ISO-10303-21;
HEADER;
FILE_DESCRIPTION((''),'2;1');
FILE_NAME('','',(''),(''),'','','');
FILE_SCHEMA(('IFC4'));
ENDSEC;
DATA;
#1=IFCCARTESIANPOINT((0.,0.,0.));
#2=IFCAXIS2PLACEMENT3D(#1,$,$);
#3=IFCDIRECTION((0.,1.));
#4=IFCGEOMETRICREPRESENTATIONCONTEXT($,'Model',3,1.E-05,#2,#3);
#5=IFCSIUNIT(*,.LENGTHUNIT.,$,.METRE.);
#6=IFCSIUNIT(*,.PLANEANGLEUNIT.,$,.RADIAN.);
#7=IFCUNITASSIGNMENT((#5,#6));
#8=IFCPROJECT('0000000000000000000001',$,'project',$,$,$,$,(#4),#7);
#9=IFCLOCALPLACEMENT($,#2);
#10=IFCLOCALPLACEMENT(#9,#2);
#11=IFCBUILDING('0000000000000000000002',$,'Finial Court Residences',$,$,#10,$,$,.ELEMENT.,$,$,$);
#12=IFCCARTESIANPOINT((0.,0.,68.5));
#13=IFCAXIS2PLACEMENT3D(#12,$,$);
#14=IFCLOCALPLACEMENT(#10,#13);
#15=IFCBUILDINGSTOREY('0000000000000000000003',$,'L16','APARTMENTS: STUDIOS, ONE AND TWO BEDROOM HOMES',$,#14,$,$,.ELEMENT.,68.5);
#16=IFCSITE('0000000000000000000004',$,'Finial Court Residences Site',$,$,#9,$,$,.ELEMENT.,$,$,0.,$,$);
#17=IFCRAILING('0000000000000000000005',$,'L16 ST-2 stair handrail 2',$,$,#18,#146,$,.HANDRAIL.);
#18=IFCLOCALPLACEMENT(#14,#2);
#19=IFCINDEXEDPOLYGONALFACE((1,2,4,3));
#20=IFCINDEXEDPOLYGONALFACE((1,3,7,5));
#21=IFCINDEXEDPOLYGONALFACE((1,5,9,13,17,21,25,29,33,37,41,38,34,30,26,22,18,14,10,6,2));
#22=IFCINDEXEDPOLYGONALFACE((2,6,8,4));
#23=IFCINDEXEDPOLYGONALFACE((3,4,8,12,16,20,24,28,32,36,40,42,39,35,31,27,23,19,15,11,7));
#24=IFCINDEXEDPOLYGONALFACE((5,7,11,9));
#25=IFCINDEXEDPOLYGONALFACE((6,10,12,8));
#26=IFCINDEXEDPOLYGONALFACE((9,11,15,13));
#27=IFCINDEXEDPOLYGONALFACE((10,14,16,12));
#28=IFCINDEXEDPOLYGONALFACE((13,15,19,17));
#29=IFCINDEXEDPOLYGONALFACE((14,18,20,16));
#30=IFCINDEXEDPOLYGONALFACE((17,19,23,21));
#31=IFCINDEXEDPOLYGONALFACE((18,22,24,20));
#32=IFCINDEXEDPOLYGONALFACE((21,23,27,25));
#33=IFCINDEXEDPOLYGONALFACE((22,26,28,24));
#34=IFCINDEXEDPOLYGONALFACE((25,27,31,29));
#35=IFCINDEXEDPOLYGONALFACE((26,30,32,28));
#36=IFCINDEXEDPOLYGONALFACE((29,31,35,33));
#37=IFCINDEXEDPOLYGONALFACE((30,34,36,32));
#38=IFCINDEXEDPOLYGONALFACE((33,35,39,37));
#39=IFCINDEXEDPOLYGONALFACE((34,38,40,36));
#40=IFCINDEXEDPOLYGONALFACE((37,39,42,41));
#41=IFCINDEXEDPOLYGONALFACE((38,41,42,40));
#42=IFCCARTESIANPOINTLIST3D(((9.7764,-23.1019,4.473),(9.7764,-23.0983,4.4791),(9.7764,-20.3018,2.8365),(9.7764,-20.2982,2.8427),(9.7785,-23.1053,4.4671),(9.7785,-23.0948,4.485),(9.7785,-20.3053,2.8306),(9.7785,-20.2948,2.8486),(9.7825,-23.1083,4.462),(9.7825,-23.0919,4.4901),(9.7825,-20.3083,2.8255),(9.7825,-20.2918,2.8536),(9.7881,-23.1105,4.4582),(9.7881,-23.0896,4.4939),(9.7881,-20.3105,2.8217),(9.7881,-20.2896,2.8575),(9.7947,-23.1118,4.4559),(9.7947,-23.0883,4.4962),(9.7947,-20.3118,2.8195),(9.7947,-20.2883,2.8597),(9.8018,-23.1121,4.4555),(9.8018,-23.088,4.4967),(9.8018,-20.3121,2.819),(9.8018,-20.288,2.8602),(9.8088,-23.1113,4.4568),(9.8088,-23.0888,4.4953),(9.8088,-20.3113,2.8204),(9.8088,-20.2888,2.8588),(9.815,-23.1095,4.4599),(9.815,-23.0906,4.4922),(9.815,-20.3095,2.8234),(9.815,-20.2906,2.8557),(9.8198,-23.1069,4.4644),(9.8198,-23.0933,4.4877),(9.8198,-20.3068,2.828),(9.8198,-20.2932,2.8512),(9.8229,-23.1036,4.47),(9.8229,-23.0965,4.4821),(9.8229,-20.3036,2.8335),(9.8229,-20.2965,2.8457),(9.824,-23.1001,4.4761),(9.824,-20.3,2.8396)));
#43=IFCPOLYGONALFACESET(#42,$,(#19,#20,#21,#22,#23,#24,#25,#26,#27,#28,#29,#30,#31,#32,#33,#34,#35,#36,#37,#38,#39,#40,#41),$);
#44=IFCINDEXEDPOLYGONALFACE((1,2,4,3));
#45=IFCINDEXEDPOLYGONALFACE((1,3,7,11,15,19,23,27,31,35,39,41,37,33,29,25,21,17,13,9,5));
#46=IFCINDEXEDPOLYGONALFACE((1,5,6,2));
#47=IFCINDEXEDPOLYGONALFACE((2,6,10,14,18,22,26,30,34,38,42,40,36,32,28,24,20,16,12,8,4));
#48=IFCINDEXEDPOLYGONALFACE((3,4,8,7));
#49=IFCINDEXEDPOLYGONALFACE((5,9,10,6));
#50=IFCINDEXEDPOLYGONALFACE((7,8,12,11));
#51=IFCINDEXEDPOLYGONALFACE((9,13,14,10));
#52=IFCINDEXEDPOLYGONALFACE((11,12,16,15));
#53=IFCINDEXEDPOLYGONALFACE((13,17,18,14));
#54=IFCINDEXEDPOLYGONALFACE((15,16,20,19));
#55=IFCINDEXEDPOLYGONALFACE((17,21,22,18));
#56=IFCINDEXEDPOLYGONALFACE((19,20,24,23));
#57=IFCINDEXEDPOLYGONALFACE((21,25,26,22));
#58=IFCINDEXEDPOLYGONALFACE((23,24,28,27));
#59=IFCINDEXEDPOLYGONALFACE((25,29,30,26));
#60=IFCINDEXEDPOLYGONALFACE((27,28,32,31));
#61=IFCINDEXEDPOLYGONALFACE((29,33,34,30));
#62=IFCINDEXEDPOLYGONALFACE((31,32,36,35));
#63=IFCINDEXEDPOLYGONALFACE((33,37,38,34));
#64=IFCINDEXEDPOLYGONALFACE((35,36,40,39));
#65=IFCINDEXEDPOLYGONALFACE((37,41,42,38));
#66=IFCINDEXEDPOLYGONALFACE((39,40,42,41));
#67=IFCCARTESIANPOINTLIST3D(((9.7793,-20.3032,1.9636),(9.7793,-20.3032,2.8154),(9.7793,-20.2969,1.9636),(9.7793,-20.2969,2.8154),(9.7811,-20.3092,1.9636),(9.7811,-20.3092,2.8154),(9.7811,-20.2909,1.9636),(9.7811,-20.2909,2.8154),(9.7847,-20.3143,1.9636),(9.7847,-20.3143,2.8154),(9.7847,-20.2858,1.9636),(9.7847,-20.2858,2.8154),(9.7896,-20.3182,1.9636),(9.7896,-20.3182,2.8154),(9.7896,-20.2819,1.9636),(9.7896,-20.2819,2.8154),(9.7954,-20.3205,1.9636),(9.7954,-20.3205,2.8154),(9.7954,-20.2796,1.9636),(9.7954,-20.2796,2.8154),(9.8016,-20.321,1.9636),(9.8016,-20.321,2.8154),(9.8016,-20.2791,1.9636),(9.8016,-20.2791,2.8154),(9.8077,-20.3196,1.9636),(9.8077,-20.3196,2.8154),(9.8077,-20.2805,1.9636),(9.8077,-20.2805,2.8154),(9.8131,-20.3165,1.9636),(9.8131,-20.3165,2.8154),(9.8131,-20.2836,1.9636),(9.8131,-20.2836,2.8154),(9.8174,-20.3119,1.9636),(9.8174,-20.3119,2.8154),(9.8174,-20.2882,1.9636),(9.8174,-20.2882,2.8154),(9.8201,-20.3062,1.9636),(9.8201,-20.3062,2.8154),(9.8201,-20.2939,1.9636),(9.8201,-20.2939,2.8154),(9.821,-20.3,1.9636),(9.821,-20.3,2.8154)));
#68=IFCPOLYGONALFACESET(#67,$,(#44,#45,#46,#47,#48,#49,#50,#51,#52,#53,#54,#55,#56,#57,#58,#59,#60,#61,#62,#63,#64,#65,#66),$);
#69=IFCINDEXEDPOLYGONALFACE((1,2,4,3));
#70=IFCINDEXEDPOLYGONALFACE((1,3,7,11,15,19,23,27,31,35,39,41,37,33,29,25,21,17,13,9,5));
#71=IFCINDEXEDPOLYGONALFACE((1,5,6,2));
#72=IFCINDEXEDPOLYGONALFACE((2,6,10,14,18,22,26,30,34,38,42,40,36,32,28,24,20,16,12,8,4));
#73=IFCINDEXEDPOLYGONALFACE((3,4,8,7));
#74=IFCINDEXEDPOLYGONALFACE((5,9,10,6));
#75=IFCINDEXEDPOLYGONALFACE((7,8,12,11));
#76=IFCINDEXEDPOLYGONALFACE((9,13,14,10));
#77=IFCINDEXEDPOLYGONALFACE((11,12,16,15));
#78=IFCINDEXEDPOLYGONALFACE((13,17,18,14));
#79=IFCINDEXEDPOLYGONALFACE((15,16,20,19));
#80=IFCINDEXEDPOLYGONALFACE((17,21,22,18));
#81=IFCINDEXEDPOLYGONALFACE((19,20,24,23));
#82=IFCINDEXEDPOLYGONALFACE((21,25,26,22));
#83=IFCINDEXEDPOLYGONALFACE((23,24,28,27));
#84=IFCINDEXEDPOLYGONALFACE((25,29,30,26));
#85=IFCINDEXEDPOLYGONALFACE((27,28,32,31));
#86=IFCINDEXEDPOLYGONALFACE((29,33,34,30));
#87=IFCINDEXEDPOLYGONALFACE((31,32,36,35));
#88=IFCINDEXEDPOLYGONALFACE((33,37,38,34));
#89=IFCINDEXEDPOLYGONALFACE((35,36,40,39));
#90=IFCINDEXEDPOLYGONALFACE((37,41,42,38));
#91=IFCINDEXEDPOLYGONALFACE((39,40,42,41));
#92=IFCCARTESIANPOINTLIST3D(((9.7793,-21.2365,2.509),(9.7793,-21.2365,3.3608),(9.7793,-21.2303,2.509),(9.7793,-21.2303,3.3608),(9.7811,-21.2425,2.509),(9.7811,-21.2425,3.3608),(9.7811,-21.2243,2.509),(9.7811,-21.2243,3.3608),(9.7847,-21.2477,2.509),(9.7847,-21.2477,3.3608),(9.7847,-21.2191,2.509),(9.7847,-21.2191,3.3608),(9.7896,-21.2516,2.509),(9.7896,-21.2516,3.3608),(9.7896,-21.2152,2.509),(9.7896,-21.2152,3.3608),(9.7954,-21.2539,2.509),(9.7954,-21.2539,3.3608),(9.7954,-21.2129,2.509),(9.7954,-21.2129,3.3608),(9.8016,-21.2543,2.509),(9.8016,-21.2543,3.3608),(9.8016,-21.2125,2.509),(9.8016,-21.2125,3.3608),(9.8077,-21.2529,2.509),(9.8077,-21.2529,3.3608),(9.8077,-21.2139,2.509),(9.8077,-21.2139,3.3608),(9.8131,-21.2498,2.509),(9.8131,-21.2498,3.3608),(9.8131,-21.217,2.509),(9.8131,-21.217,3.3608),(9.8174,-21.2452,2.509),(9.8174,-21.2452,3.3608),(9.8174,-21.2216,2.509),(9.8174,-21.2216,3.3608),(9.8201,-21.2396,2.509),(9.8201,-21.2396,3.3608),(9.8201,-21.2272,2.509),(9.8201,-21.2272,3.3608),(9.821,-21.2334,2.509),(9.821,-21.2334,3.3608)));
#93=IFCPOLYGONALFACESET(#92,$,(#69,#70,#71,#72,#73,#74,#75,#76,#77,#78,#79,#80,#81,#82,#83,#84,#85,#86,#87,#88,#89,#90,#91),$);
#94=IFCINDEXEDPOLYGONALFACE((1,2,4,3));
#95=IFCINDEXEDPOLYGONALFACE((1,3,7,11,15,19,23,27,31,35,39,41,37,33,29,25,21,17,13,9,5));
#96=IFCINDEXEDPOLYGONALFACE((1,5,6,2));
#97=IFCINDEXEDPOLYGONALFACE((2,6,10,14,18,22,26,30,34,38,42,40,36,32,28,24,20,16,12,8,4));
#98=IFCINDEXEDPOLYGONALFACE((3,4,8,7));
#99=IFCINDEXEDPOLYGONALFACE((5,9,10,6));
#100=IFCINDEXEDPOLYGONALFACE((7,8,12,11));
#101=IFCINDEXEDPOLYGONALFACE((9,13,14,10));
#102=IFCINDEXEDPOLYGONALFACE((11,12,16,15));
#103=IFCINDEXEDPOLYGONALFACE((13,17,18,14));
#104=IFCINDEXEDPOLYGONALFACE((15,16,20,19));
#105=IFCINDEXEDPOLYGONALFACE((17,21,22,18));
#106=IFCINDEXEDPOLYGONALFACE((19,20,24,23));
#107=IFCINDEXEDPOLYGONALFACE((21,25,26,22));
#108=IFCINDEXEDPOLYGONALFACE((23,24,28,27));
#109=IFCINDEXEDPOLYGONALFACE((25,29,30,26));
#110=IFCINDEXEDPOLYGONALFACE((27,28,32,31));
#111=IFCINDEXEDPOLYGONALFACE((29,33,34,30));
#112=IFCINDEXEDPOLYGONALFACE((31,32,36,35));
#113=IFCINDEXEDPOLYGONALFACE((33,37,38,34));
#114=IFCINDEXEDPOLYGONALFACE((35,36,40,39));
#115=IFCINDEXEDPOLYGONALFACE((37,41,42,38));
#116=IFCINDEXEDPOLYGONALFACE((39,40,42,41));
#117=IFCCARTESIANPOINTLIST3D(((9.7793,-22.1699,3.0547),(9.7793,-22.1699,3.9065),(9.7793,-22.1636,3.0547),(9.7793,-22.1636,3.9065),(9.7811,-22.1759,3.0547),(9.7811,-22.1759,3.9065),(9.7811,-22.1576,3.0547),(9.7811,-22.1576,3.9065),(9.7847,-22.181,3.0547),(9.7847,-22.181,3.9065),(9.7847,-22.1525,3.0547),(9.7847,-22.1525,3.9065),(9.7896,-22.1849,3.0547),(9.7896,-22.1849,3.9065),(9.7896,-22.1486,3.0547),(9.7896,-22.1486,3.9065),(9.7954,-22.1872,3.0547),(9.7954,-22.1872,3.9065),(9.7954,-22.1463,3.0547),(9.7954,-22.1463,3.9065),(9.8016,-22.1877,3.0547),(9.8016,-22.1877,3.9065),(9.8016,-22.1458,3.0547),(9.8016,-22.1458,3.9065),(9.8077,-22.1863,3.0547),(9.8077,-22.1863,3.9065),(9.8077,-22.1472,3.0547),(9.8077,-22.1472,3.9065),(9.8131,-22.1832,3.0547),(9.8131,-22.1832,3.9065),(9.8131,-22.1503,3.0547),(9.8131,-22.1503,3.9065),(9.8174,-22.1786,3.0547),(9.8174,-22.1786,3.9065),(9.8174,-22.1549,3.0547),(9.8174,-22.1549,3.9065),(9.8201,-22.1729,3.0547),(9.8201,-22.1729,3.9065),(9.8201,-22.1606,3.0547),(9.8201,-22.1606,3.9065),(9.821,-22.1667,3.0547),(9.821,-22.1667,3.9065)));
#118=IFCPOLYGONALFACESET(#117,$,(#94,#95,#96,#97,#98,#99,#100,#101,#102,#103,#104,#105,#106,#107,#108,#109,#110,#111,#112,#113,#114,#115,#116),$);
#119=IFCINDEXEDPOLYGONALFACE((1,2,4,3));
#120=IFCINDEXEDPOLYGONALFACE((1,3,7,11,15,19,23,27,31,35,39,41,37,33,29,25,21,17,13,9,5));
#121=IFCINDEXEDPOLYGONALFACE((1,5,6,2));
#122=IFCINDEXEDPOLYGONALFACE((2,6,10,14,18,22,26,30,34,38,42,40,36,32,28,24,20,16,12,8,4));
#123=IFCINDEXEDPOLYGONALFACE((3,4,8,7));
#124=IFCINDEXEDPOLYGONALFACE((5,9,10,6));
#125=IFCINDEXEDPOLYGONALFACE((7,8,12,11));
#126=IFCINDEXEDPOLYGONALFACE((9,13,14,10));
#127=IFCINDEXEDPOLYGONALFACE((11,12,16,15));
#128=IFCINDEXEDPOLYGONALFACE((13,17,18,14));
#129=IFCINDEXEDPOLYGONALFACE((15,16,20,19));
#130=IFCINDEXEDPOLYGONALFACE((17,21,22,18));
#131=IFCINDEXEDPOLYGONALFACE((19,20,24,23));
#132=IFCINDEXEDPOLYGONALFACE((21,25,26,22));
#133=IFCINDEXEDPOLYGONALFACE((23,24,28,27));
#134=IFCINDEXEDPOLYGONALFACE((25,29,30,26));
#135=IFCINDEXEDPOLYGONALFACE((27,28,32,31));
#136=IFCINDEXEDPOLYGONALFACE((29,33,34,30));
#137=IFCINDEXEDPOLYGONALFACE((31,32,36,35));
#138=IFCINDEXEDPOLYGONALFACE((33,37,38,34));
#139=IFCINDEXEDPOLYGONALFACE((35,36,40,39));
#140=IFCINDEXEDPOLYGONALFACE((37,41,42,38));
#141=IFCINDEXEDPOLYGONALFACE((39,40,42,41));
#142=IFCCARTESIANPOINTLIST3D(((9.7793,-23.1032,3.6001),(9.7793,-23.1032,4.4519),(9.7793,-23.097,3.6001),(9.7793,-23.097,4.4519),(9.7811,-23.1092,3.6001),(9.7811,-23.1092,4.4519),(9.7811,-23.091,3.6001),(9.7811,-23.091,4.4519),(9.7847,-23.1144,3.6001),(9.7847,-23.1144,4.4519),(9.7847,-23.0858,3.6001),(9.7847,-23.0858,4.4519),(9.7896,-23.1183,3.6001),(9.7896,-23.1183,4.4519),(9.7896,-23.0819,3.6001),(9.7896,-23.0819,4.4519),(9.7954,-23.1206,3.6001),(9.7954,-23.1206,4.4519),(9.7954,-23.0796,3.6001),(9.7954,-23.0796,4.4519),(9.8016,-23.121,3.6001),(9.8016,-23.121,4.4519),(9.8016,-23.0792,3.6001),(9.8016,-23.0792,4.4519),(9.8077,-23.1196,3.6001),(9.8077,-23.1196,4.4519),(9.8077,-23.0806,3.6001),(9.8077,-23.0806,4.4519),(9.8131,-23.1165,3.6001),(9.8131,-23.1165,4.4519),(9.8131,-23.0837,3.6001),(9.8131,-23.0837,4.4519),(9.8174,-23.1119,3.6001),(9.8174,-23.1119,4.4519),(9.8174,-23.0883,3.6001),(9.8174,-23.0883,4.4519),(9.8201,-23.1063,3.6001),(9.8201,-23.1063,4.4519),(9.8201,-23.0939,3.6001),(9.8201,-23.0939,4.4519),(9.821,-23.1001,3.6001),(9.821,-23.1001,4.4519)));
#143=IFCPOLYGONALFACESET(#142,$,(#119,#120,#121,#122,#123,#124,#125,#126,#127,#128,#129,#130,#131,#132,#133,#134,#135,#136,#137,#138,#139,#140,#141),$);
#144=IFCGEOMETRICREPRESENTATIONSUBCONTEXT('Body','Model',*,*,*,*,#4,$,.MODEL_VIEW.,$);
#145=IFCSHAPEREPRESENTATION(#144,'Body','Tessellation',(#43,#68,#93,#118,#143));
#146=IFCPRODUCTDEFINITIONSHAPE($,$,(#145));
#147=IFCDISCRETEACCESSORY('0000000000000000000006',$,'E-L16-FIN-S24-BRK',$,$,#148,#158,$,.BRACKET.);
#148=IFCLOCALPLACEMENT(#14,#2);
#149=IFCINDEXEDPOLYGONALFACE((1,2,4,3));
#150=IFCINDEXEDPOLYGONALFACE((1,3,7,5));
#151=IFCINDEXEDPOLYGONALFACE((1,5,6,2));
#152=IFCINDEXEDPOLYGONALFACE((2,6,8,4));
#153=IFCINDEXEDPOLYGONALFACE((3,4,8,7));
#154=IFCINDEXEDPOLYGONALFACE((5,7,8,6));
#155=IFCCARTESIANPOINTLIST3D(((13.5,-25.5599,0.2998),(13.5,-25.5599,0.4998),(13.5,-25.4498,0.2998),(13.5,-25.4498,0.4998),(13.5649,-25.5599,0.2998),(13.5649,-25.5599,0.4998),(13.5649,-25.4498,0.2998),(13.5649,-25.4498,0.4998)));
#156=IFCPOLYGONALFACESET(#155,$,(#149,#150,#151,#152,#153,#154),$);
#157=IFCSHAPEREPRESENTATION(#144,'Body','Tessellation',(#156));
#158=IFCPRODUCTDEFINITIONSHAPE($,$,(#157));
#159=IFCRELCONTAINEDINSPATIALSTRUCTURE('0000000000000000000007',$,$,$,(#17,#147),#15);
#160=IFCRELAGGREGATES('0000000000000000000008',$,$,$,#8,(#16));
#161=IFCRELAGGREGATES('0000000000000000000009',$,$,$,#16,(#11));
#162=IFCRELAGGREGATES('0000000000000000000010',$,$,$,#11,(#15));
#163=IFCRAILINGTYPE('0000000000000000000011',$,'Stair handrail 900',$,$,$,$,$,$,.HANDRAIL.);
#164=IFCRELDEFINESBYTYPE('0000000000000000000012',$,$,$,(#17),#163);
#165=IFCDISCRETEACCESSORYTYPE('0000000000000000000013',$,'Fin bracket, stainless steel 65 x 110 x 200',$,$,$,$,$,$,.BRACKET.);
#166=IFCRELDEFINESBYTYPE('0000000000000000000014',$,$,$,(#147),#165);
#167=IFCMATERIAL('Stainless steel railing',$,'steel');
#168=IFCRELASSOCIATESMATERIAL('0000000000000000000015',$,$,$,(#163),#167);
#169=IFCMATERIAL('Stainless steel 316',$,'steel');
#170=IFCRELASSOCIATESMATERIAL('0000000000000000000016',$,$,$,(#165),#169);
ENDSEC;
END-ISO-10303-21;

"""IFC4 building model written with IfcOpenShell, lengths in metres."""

from ifc_helpers import new_model, si_unit, direction, frame, origin, origin_2d, place, context, subcontext, project, spatial, rectangle, circle, extrude, material, type_object, element, save


model = new_model("IFC4")

# Units and contexts
model_context = context("Model", 3, precision=1e-05, world=origin(), true_north=direction((0.0, 1.0)))
body_context = subcontext(model_context, "Body", "Model", "MODEL_VIEW")
ifc_project = project(units=[si_unit("LENGTHUNIT", "METRE"), si_unit("PLANEANGLEUNIT", "RADIAN")], contexts=[model_context])

# Site, building, storey
site_placement = place(None, origin())
site = spatial("IfcSite", under=ifc_project, at=site_placement, Name="Finial Court Residences Site", CompositionType="ELEMENT", RefElevation=0.0)
building_placement = place(site_placement, origin())
building = spatial("IfcBuilding", under=site, at=building_placement, Name="Finial Court Residences", CompositionType="ELEMENT")
storey_placement = place(building_placement, frame((0.0, 0.0, 68.5)))
storey = spatial("IfcBuildingStorey", under=building, at=storey_placement, Name="L16", Description="APARTMENTS: STUDIOS, ONE AND TWO BEDROOM HOMES", CompositionType="ELEMENT", Elevation=68.5)

# Railing
ifc_material_1 = material(Name="Stainless steel railing", Category="steel")
railing_type_1 = type_object("IfcRailingType", Name="Stair handrail 900", PredefinedType="HANDRAIL", material=ifc_material_1)
railing_1_placement = place(storey_placement, frame((9.8, -20.3, 1.9636)))
element("IfcRailing", 1, at=railing_1_placement, inside=storey, type_object=railing_type_1, Name="L16 ST-2 stair handrail 2", PredefinedType="HANDRAIL", context=body_context, shape_type="SweptSolid", body=[
    extrude(circle(Radius=0.0239, at=origin_2d()), frame((0.0, 0.0, 0.876), z_axis=(0.0, -0.863361, 0.504587), x_axis=(1.0, 0.0, 0.0)), (0.0, 0.0, 1.0), 3.2432),
    extrude(circle(Radius=0.021, at=origin_2d()), origin(), (0.0, 0.0, 1.0), 0.8518),
    extrude(circle(Radius=0.021, at=origin_2d()), frame((0.0, -0.9333, 0.5454)), (0.0, 0.0, 1.0), 0.8518),
    extrude(circle(Radius=0.021, at=origin_2d()), frame((0.0, -1.8667, 1.0911)), (0.0, 0.0, 1.0), 0.8518),
    extrude(circle(Radius=0.021, at=origin_2d()), frame((0.0, -2.8, 1.6365)), (0.0, 0.0, 1.0), 0.8518),
])

# Discrete accessory
ifc_material_2 = material(Name="Stainless steel 316", Category="steel")
discrete_accessory_type = type_object("IfcDiscreteAccessoryType", Name="Fin bracket, stainless steel 65 x 110 x 200", PredefinedType="BRACKET", material=ifc_material_2)
discrete_accessory_placement = place(storey_placement, frame((13.5325, -25.5049, 0.2998), z_axis=(0.0, 0.0, 1.0), x_axis=(1.0, 0.0, 0.0)))
element("IfcDiscreteAccessory", 2, at=discrete_accessory_placement, inside=storey, type_object=discrete_accessory_type, Name="E-L16-FIN-S24-BRK", PredefinedType="BRACKET", context=body_context, shape_type="SweptSolid", body=[
    extrude(rectangle(XDim=0.0649, YDim=0.1101, at=origin_2d()), origin(), (0.0, 0.0, 1.0), 0.2),
])

save(model, "model.ifc")
